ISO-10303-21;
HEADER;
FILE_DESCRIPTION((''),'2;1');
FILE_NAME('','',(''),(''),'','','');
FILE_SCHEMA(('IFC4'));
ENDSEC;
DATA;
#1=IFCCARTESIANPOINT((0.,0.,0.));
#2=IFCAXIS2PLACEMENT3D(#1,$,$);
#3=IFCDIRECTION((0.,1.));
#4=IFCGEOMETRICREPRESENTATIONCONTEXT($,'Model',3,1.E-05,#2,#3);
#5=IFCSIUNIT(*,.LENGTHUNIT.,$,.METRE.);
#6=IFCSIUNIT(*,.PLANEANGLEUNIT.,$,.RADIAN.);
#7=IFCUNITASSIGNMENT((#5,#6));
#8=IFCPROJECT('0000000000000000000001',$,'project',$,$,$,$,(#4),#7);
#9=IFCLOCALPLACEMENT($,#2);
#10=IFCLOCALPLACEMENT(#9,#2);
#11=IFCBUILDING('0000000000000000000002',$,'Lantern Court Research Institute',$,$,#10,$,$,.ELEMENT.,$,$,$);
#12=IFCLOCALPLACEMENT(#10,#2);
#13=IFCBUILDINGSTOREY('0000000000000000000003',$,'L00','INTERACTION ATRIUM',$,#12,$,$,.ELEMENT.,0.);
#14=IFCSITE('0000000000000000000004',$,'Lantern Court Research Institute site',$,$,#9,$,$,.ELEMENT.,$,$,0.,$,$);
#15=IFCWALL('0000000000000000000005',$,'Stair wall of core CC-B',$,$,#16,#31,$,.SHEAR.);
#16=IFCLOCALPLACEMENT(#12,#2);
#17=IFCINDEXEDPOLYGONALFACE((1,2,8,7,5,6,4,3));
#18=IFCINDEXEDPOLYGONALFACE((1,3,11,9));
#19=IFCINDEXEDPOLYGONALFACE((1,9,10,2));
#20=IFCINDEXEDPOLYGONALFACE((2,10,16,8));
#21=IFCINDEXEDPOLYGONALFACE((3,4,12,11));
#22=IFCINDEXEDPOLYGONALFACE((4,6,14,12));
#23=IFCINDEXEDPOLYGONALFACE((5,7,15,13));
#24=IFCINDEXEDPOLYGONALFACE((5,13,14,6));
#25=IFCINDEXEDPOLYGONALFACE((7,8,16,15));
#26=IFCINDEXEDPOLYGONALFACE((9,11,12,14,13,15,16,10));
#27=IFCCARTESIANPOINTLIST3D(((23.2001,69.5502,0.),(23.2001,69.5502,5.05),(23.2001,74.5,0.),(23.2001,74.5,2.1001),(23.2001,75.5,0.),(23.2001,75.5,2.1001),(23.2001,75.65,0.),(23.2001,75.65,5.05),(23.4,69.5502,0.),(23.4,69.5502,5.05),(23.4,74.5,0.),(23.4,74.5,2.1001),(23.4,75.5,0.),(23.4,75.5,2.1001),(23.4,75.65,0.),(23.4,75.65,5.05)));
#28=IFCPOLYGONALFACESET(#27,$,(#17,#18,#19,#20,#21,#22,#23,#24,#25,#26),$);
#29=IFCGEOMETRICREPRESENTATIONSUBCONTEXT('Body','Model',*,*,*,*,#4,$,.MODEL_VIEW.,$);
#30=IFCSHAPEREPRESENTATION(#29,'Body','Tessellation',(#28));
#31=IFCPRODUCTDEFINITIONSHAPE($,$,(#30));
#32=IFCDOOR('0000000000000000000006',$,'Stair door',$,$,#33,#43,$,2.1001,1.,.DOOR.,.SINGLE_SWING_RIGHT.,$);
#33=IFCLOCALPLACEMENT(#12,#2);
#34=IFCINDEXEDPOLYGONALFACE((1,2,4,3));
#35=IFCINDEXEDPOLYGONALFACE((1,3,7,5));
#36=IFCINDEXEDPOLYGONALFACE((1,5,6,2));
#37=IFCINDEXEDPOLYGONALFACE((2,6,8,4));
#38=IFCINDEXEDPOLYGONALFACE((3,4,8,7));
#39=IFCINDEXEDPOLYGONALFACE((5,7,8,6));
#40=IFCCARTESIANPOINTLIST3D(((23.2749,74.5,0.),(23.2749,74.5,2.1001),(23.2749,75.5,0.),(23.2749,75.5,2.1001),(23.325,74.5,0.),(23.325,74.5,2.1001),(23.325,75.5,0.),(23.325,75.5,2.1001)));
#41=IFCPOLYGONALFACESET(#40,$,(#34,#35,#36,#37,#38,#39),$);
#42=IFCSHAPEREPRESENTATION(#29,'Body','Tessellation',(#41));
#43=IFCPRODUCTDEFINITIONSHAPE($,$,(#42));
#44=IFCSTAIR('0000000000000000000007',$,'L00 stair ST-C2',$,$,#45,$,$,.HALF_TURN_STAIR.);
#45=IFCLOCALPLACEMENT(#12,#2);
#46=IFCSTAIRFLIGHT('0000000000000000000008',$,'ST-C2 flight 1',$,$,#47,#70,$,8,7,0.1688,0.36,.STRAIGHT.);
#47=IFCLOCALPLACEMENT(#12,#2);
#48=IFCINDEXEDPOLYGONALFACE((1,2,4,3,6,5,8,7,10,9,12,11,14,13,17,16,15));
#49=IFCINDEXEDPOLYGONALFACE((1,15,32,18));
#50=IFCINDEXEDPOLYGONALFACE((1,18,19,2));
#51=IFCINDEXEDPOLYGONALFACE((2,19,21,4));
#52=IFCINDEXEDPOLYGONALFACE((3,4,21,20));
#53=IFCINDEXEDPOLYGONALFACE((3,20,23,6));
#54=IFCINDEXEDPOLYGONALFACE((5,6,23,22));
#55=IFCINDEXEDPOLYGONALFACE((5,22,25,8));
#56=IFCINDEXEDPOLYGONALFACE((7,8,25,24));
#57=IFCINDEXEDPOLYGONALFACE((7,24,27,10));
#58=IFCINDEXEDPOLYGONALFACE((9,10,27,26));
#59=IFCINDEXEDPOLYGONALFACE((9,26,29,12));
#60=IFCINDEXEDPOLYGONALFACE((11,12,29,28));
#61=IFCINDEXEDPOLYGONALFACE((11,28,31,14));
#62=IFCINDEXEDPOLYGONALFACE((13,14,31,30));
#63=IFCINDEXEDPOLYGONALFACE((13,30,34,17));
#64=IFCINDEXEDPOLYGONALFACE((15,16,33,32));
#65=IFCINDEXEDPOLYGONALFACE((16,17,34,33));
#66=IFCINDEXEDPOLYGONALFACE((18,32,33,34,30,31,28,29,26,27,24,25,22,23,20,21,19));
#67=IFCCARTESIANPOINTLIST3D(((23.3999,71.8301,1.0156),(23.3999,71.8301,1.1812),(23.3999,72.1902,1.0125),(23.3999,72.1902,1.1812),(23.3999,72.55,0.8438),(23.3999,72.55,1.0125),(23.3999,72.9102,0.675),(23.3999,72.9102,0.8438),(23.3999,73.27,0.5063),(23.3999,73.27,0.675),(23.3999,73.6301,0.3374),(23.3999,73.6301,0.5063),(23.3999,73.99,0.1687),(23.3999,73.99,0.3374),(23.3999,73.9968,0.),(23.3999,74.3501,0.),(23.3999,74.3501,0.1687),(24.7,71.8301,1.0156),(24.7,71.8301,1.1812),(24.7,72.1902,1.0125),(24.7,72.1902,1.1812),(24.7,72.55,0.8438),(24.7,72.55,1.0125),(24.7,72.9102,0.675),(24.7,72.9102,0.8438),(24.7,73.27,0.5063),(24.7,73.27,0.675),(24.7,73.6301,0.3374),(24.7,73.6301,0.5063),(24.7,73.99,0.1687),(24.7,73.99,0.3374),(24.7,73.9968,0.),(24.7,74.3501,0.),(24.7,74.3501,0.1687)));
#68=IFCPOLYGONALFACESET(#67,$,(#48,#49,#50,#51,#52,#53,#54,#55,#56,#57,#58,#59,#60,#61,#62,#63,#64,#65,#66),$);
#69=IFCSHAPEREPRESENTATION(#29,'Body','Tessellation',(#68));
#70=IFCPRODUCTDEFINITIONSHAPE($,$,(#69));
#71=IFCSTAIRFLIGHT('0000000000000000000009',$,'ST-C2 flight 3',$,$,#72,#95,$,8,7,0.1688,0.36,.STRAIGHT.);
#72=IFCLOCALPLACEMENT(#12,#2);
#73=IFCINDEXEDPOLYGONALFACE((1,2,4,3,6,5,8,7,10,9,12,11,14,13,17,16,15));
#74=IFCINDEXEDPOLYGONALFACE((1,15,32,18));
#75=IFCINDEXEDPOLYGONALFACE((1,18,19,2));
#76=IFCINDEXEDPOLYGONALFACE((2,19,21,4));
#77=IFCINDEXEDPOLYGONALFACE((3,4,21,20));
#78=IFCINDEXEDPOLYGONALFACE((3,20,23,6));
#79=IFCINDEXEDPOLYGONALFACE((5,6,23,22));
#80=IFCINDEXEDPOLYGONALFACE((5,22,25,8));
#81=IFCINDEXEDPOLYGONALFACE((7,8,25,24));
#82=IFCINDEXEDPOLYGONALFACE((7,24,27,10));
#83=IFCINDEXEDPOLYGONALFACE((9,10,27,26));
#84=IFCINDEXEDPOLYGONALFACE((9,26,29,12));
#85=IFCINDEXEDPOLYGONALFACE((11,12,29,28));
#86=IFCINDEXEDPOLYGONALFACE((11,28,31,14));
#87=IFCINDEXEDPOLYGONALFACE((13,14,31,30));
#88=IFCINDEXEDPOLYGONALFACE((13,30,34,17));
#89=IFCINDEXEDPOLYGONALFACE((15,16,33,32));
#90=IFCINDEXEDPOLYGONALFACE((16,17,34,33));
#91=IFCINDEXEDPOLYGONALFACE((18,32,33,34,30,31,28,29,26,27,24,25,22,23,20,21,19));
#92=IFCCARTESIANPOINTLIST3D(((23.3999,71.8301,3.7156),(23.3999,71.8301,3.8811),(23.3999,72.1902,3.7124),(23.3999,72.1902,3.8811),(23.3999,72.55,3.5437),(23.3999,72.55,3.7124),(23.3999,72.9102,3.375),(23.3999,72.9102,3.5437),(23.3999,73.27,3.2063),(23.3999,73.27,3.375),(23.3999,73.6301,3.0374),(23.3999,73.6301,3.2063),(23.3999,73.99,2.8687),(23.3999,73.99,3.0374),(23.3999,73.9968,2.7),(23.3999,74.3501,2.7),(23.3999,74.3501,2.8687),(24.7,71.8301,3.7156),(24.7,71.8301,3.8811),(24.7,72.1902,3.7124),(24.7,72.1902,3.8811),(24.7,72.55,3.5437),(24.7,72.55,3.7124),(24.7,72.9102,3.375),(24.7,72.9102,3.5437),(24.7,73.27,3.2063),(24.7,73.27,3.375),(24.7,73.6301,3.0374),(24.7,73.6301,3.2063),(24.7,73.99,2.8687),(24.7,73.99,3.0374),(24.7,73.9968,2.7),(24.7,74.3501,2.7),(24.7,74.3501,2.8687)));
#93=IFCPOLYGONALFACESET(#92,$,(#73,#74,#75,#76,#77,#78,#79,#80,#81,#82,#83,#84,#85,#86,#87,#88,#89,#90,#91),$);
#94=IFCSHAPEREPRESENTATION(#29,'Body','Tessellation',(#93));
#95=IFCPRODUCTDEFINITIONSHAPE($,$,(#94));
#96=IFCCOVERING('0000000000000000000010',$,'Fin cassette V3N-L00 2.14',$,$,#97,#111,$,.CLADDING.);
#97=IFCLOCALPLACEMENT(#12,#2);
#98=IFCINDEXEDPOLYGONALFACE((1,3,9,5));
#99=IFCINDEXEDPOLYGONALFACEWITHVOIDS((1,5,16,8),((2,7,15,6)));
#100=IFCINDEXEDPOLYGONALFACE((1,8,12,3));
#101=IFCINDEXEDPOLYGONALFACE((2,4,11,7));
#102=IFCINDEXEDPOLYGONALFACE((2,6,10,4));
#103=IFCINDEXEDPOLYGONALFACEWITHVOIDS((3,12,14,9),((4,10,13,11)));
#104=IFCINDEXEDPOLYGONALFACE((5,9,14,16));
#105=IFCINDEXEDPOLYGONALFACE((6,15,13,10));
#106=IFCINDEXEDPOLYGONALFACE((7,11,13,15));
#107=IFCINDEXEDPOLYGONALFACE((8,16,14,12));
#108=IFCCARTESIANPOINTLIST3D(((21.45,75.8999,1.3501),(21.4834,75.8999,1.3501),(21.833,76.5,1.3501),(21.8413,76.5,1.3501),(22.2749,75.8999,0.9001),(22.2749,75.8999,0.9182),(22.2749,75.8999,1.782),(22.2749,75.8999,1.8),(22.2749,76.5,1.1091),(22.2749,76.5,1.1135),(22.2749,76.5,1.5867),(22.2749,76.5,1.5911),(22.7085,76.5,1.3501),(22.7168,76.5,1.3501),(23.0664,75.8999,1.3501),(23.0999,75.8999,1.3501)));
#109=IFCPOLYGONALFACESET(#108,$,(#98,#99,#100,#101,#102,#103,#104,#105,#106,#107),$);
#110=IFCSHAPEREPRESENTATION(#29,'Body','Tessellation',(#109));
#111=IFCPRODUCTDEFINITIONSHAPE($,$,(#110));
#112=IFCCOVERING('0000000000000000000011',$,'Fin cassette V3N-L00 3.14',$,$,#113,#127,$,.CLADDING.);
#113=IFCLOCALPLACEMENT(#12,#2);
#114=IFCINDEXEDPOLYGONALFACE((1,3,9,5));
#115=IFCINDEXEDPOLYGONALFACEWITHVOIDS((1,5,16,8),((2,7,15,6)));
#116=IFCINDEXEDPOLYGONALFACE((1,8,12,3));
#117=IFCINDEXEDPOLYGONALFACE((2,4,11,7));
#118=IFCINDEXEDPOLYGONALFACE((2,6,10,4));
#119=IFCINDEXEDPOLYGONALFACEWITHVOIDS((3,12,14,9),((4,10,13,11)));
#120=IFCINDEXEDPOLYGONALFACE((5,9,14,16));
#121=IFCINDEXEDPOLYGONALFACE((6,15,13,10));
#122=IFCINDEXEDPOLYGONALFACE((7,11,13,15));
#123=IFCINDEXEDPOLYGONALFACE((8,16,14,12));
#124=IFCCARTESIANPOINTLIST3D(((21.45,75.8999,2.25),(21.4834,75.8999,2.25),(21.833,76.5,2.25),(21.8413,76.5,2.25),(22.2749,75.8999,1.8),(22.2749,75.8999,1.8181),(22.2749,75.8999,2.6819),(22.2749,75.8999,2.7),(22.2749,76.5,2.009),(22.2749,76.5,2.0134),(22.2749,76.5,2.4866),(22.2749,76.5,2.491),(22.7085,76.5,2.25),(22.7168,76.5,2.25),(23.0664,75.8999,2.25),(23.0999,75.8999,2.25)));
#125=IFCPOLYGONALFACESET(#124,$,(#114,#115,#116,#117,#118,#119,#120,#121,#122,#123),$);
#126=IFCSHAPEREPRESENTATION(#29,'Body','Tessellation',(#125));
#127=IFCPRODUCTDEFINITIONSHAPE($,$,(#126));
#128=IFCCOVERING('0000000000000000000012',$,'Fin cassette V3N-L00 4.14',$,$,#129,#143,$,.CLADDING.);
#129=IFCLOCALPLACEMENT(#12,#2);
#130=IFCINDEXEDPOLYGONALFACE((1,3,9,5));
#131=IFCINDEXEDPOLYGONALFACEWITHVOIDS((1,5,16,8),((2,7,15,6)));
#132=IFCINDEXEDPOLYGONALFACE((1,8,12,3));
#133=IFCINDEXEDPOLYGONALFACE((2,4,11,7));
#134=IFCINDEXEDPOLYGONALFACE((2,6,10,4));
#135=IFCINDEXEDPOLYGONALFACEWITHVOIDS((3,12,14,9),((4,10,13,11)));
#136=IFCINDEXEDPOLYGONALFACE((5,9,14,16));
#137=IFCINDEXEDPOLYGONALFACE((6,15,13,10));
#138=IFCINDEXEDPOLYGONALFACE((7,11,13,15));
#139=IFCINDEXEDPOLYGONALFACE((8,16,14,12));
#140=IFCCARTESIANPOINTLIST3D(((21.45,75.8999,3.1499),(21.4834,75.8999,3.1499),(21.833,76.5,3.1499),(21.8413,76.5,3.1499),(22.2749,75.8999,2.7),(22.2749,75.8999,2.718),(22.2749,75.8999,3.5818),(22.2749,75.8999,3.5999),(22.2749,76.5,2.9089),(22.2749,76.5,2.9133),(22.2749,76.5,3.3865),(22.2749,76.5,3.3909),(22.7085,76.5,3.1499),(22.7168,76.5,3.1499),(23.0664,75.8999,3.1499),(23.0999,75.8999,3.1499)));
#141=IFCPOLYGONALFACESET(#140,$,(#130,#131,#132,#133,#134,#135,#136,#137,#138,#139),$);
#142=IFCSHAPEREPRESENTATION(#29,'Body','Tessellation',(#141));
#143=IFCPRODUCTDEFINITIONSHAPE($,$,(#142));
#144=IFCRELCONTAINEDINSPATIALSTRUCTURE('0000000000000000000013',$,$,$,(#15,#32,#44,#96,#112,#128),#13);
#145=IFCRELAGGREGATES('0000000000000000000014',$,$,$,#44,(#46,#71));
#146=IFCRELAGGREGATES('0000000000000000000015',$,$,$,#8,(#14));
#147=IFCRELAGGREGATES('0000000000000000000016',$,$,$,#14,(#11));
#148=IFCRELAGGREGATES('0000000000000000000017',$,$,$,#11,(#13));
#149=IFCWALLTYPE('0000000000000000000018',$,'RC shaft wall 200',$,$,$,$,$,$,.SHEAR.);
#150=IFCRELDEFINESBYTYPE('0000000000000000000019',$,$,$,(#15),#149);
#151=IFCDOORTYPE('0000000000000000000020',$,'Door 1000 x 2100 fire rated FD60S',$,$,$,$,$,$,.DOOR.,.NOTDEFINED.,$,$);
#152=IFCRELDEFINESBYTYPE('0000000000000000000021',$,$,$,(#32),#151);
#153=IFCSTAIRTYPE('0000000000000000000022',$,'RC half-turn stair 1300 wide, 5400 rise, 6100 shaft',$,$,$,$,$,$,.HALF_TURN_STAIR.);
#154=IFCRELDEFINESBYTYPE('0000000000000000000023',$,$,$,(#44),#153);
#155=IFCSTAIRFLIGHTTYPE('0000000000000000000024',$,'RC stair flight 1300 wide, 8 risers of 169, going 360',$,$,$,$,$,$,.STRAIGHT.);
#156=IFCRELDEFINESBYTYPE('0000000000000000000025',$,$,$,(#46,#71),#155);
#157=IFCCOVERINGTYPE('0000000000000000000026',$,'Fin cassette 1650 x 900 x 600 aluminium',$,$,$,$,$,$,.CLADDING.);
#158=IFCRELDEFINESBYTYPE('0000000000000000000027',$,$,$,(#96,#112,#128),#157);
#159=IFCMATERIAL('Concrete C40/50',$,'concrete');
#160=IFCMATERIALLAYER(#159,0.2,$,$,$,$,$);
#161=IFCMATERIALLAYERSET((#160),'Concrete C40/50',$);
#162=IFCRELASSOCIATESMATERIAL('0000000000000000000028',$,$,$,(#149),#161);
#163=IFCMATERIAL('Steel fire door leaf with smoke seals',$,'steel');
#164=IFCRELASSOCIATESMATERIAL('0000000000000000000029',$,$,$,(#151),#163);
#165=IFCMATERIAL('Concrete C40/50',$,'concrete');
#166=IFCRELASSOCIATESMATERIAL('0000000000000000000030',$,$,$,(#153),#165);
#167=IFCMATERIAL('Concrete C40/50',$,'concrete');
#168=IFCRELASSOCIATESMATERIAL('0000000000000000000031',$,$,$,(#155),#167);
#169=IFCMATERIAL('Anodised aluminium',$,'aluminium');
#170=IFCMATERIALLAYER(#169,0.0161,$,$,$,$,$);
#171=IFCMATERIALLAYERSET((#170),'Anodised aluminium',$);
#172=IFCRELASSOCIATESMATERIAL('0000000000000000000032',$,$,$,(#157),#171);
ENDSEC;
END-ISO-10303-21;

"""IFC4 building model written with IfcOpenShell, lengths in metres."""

from ifc_helpers import new_model, entity, si_unit, direction, frame, frame_2d, origin, place, context, subcontext, project, spatial, polyline, rectangle, outline, extrude, material, layer, layer_set, type_object, element, fill, aggregate, save


model = new_model("IFC4")

# Units and contexts
model_context = context("Model", 3, precision=1e-05, world=origin(), true_north=direction((0.0, 1.0)))
body_context = subcontext(model_context, "Body", "Model", "MODEL_VIEW")
ifc_project = project(units=[si_unit("LENGTHUNIT", "METRE"), si_unit("PLANEANGLEUNIT", "RADIAN")], contexts=[model_context])

# Site, building, storey
site_placement = place(None, origin())
site = spatial("IfcSite", under=ifc_project, at=site_placement, Name="Lantern Court Research Institute site", CompositionType="ELEMENT", RefElevation=0.0)
building_placement = place(site_placement, origin())
building = spatial("IfcBuilding", under=site, at=building_placement, Name="Lantern Court Research Institute", CompositionType="ELEMENT")
storey_placement = place(building_placement, origin())
storey = spatial("IfcBuildingStorey", under=building, at=storey_placement, Name="L00", Description="INTERACTION ATRIUM", CompositionType="ELEMENT", Elevation=0.0)

# Wall, opening, door
ifc_material_1 = material(Name="Concrete C40/50", Category="concrete")
ifc_layer_1 = layer(ifc_material_1, 0.2)
ifc_layer_set_1 = layer_set([ifc_layer_1], Name="Concrete C40/50")
wall_type = type_object("IfcWallType", Name="RC shaft wall 200", PredefinedType="SHEAR", material=ifc_layer_set_1)
wall_placement = place(storey_placement, frame((23.3, 75.6499, 0.0), z_axis=(0.0, 0.0, 1.0), x_axis=(0.0, -1.0, 0.0)))
wall = element("IfcWall", 1, at=wall_placement, inside=storey, type_object=wall_type, Name="Stair wall of core CC-B", PredefinedType="SHEAR", context=body_context, shape_type="SweptSolid", body=[
    extrude(rectangle(XDim=6.0999, YDim=0.2, at=frame_2d((3.0498, 0.0))), origin(), (0.0, 0.0, 1.0), 5.05),
])
opening_placement = place(wall_placement, frame((0.1499, 0.0, 0.0)))
opening = element("IfcOpeningElement", 2, at=opening_placement, cuts=wall, PredefinedType="OPENING", context=body_context, shape_type="SweptSolid", body=[
    extrude(rectangle(XDim=1.0, YDim=2.1001, at=frame_2d((0.5, 1.05))), frame((0.0, 0.1099, 0.0), z_axis=(0.0, -1.0, 0.0), x_axis=(1.0, 0.0, 0.0)), (0.0, 0.0, 1.0), 0.22),
])
ifc_material_2 = material(Name="Steel fire door leaf with smoke seals", Category="steel")
door_type = type_object("IfcDoorType", Name="Door 1000 x 2100 fire rated FD60S", OperationType="NOTDEFINED", PredefinedType="DOOR", material=ifc_material_2)
door_placement = place(opening_placement, origin())
door = element("IfcDoor", 3, at=door_placement, inside=storey, type_object=door_type, Name="Stair door", OperationType="SINGLE_SWING_RIGHT", OverallHeight=2.1001, OverallWidth=1.0, PredefinedType="DOOR", context=body_context, shape_type="SweptSolid", body=[
    extrude(rectangle(XDim=1.0, YDim=2.1001, at=frame_2d((0.5, 1.05))), frame((0.0, 0.0249, 0.0), z_axis=(0.0, -1.0, 0.0), x_axis=(1.0, 0.0, 0.0)), (0.0, 0.0, 1.0), 0.05),
])
fill(opening, door)

# Stair, stair flights
ifc_material_3 = material(Name="Concrete C40/50", Category="concrete")
stair_type = type_object("IfcStairType", Name="RC half-turn stair 1300 wide, 5400 rise, 6100 shaft", PredefinedType="HALF_TURN_STAIR", material=ifc_material_3)
stair_placement = place(storey_placement, origin())
stair = element("IfcStair", 4, at=stair_placement, inside=storey, type_object=stair_type, Name="L00 stair ST-C2", PredefinedType="HALF_TURN_STAIR")
ifc_material_4 = material(Name="Concrete C40/50", Category="concrete")
stair_flight_type = type_object("IfcStairFlightType", Name="RC stair flight 1300 wide, 8 risers of 169, going 360", PredefinedType="STRAIGHT", material=ifc_material_4)
stair_flight_1_placement = place(storey_placement, frame((24.05, 74.3501, 0.0), z_axis=(0.0, 0.0, 1.0), x_axis=(0.0, -1.0, 0.0)))
stair_flight_1 = element("IfcStairFlight", 5, at=stair_flight_1_placement, type_object=stair_flight_type, Name="ST-C2 flight 1", NumberOfRisers=8, NumberOfTreads=7, PredefinedType="STRAIGHT", RiserHeight=0.1688, TreadLength=0.36, context=body_context, shape_type="SweptSolid", body=[
    extrude(outline(polyline([(0.0, 0.0), (0.0, 0.1687), (0.3601, 0.1687), (0.3601, 0.3374), (0.72, 0.3374), (0.72, 0.5063), (1.0801, 0.5063), (1.0801, 0.675), (1.4399, 0.675), (1.4399, 0.8438), (1.8, 0.8438), (1.8, 1.0125), (2.1599, 1.0125), (2.1599, 1.1812), (2.52, 1.1812), (2.52, 1.3501), (2.52, 1.0156), (0.3533, 0.0), (0.0, 0.0)])), frame((0.0, 0.6499, 0.0), z_axis=(0.0, -1.0, 0.0), x_axis=(1.0, 0.0, 0.0)), (0.0, 0.0, 1.0), 1.3),
])
stair_flight_2_placement = place(storey_placement, frame((24.05, 74.3501, 2.7), z_axis=(0.0, 0.0, 1.0), x_axis=(0.0, -1.0, 0.0)))
stair_flight_2 = element("IfcStairFlight", 6, at=stair_flight_2_placement, type_object=stair_flight_type, Name="ST-C2 flight 3", NumberOfRisers=8, NumberOfTreads=7, PredefinedType="STRAIGHT", RiserHeight=0.1688, TreadLength=0.36, context=body_context, shape_type="SweptSolid", body=[
    extrude(outline(polyline([(0.0, 0.0), (0.0, 0.1687), (0.3601, 0.1687), (0.3601, 0.3374), (0.72, 0.3374), (0.72, 0.5063), (1.0801, 0.5063), (1.0801, 0.675), (1.4399, 0.675), (1.4399, 0.8438), (1.8, 0.8438), (1.8, 1.0125), (2.1599, 1.0125), (2.1599, 1.1812), (2.52, 1.1812), (2.52, 1.3501), (2.52, 1.0156), (0.3533, 0.0), (0.0, 0.0)])), frame((0.0, 0.6499, 0.0), z_axis=(0.0, -1.0, 0.0), x_axis=(1.0, 0.0, 0.0)), (0.0, 0.0, 1.0), 1.3),
])
aggregate(stair, [stair_flight_1, stair_flight_2])

# Coverings
ifc_material_5 = material(Name="Anodised aluminium", Category="aluminium")
ifc_layer_2 = layer(ifc_material_5, 0.0161)
ifc_layer_set_2 = layer_set([ifc_layer_2], Name="Anodised aluminium")
covering_type = type_object("IfcCoveringType", Name="Fin cassette 1650 x 900 x 600 aluminium", PredefinedType="CLADDING", material=ifc_layer_set_2)
covering_1_placement = place(storey_placement, frame((22.2749, 75.8999, 1.3501), z_axis=(0.0, 1.0, 0.0), x_axis=(-1.0, 0.0, 0.0)))
cartesian_point_1 = entity("IfcCartesianPoint", [0.825, 0.0])
cartesian_point_2 = entity("IfcCartesianPoint", [0.7915, 0.0])
cartesian_point_3 = entity("IfcCartesianPoint", [0.4419, 0.0])
cartesian_point_4 = entity("IfcCartesianPoint", [0.4336, 0.0])
element("IfcCovering", 7, at=covering_1_placement, inside=storey, type_object=covering_type, Name="Fin cassette V3N-L00 2.14", PredefinedType="CLADDING", context=body_context, shape_type="SweptSolid", body=[
    entity("IfcExtrudedAreaSolidTapered", entity("IfcArbitraryProfileDefWithVoids", "AREA", None, entity("IfcPolyline", [cartesian_point_1, entity("IfcCartesianPoint", [0.0, 0.45]), entity("IfcCartesianPoint", [-0.825, 0.0]), entity("IfcCartesianPoint", [0.0, -0.45]), cartesian_point_1]), [entity("IfcPolyline", [cartesian_point_2, entity("IfcCartesianPoint", [0.0, 0.4319]), entity("IfcCartesianPoint", [-0.7915, 0.0]), entity("IfcCartesianPoint", [0.0, -0.4319]), cartesian_point_2])]), entity("IfcAxis2Placement3D", entity("IfcCartesianPoint", [0.0, 0.0, 0.0])), entity("IfcDirection", [0.0, 0.0, 1.0]), 0.6001, entity("IfcArbitraryProfileDefWithVoids", "AREA", None, entity("IfcPolyline", [cartesian_point_3, entity("IfcCartesianPoint", [0.0, 0.241]), entity("IfcCartesianPoint", [-0.4419, 0.0]), entity("IfcCartesianPoint", [0.0, -0.241]), cartesian_point_3]), [entity("IfcPolyline", [cartesian_point_4, entity("IfcCartesianPoint", [0.0, 0.2366]), entity("IfcCartesianPoint", [-0.4336, 0.0]), entity("IfcCartesianPoint", [0.0, -0.2366]), cartesian_point_4])])),
])
covering_2_placement = place(storey_placement, frame((22.2749, 75.8999, 2.25), z_axis=(0.0, 1.0, 0.0), x_axis=(-1.0, 0.0, 0.0)))
cartesian_point_5 = entity("IfcCartesianPoint", [0.825, 0.0])
cartesian_point_6 = entity("IfcCartesianPoint", [0.7915, 0.0])
cartesian_point_7 = entity("IfcCartesianPoint", [0.4419, 0.0])
cartesian_point_8 = entity("IfcCartesianPoint", [0.4336, 0.0])
element("IfcCovering", 8, at=covering_2_placement, inside=storey, type_object=covering_type, Name="Fin cassette V3N-L00 3.14", PredefinedType="CLADDING", context=body_context, shape_type="SweptSolid", body=[
    entity("IfcExtrudedAreaSolidTapered", entity("IfcArbitraryProfileDefWithVoids", "AREA", None, entity("IfcPolyline", [cartesian_point_5, entity("IfcCartesianPoint", [0.0, 0.45]), entity("IfcCartesianPoint", [-0.825, 0.0]), entity("IfcCartesianPoint", [0.0, -0.45]), cartesian_point_5]), [entity("IfcPolyline", [cartesian_point_6, entity("IfcCartesianPoint", [0.0, 0.4319]), entity("IfcCartesianPoint", [-0.7915, 0.0]), entity("IfcCartesianPoint", [0.0, -0.4319]), cartesian_point_6])]), entity("IfcAxis2Placement3D", entity("IfcCartesianPoint", [0.0, 0.0, 0.0])), entity("IfcDirection", [0.0, 0.0, 1.0]), 0.6001, entity("IfcArbitraryProfileDefWithVoids", "AREA", None, entity("IfcPolyline", [cartesian_point_7, entity("IfcCartesianPoint", [0.0, 0.241]), entity("IfcCartesianPoint", [-0.4419, 0.0]), entity("IfcCartesianPoint", [0.0, -0.241]), cartesian_point_7]), [entity("IfcPolyline", [cartesian_point_8, entity("IfcCartesianPoint", [0.0, 0.2366]), entity("IfcCartesianPoint", [-0.4336, 0.0]), entity("IfcCartesianPoint", [0.0, -0.2366]), cartesian_point_8])])),
])
covering_3_placement = place(storey_placement, frame((22.2749, 75.8999, 3.1499), z_axis=(0.0, 1.0, 0.0), x_axis=(-1.0, 0.0, 0.0)))
cartesian_point_9 = entity("IfcCartesianPoint", [0.825, 0.0])
cartesian_point_10 = entity("IfcCartesianPoint", [0.7915, 0.0])
cartesian_point_11 = entity("IfcCartesianPoint", [0.4419, 0.0])
cartesian_point_12 = entity("IfcCartesianPoint", [0.4336, 0.0])
element("IfcCovering", 9, at=covering_3_placement, inside=storey, type_object=covering_type, Name="Fin cassette V3N-L00 4.14", PredefinedType="CLADDING", context=body_context, shape_type="SweptSolid", body=[
    entity("IfcExtrudedAreaSolidTapered", entity("IfcArbitraryProfileDefWithVoids", "AREA", None, entity("IfcPolyline", [cartesian_point_9, entity("IfcCartesianPoint", [0.0, 0.45]), entity("IfcCartesianPoint", [-0.825, 0.0]), entity("IfcCartesianPoint", [0.0, -0.45]), cartesian_point_9]), [entity("IfcPolyline", [cartesian_point_10, entity("IfcCartesianPoint", [0.0, 0.4319]), entity("IfcCartesianPoint", [-0.7915, 0.0]), entity("IfcCartesianPoint", [0.0, -0.4319]), cartesian_point_10])]), entity("IfcAxis2Placement3D", entity("IfcCartesianPoint", [0.0, 0.0, 0.0])), entity("IfcDirection", [0.0, 0.0, 1.0]), 0.6001, entity("IfcArbitraryProfileDefWithVoids", "AREA", None, entity("IfcPolyline", [cartesian_point_11, entity("IfcCartesianPoint", [0.0, 0.241]), entity("IfcCartesianPoint", [-0.4419, 0.0]), entity("IfcCartesianPoint", [0.0, -0.241]), cartesian_point_11]), [entity("IfcPolyline", [cartesian_point_12, entity("IfcCartesianPoint", [0.0, 0.2366]), entity("IfcCartesianPoint", [-0.4336, 0.0]), entity("IfcCartesianPoint", [0.0, -0.2366]), cartesian_point_12])])),
])

save(model, "model.ifc")
